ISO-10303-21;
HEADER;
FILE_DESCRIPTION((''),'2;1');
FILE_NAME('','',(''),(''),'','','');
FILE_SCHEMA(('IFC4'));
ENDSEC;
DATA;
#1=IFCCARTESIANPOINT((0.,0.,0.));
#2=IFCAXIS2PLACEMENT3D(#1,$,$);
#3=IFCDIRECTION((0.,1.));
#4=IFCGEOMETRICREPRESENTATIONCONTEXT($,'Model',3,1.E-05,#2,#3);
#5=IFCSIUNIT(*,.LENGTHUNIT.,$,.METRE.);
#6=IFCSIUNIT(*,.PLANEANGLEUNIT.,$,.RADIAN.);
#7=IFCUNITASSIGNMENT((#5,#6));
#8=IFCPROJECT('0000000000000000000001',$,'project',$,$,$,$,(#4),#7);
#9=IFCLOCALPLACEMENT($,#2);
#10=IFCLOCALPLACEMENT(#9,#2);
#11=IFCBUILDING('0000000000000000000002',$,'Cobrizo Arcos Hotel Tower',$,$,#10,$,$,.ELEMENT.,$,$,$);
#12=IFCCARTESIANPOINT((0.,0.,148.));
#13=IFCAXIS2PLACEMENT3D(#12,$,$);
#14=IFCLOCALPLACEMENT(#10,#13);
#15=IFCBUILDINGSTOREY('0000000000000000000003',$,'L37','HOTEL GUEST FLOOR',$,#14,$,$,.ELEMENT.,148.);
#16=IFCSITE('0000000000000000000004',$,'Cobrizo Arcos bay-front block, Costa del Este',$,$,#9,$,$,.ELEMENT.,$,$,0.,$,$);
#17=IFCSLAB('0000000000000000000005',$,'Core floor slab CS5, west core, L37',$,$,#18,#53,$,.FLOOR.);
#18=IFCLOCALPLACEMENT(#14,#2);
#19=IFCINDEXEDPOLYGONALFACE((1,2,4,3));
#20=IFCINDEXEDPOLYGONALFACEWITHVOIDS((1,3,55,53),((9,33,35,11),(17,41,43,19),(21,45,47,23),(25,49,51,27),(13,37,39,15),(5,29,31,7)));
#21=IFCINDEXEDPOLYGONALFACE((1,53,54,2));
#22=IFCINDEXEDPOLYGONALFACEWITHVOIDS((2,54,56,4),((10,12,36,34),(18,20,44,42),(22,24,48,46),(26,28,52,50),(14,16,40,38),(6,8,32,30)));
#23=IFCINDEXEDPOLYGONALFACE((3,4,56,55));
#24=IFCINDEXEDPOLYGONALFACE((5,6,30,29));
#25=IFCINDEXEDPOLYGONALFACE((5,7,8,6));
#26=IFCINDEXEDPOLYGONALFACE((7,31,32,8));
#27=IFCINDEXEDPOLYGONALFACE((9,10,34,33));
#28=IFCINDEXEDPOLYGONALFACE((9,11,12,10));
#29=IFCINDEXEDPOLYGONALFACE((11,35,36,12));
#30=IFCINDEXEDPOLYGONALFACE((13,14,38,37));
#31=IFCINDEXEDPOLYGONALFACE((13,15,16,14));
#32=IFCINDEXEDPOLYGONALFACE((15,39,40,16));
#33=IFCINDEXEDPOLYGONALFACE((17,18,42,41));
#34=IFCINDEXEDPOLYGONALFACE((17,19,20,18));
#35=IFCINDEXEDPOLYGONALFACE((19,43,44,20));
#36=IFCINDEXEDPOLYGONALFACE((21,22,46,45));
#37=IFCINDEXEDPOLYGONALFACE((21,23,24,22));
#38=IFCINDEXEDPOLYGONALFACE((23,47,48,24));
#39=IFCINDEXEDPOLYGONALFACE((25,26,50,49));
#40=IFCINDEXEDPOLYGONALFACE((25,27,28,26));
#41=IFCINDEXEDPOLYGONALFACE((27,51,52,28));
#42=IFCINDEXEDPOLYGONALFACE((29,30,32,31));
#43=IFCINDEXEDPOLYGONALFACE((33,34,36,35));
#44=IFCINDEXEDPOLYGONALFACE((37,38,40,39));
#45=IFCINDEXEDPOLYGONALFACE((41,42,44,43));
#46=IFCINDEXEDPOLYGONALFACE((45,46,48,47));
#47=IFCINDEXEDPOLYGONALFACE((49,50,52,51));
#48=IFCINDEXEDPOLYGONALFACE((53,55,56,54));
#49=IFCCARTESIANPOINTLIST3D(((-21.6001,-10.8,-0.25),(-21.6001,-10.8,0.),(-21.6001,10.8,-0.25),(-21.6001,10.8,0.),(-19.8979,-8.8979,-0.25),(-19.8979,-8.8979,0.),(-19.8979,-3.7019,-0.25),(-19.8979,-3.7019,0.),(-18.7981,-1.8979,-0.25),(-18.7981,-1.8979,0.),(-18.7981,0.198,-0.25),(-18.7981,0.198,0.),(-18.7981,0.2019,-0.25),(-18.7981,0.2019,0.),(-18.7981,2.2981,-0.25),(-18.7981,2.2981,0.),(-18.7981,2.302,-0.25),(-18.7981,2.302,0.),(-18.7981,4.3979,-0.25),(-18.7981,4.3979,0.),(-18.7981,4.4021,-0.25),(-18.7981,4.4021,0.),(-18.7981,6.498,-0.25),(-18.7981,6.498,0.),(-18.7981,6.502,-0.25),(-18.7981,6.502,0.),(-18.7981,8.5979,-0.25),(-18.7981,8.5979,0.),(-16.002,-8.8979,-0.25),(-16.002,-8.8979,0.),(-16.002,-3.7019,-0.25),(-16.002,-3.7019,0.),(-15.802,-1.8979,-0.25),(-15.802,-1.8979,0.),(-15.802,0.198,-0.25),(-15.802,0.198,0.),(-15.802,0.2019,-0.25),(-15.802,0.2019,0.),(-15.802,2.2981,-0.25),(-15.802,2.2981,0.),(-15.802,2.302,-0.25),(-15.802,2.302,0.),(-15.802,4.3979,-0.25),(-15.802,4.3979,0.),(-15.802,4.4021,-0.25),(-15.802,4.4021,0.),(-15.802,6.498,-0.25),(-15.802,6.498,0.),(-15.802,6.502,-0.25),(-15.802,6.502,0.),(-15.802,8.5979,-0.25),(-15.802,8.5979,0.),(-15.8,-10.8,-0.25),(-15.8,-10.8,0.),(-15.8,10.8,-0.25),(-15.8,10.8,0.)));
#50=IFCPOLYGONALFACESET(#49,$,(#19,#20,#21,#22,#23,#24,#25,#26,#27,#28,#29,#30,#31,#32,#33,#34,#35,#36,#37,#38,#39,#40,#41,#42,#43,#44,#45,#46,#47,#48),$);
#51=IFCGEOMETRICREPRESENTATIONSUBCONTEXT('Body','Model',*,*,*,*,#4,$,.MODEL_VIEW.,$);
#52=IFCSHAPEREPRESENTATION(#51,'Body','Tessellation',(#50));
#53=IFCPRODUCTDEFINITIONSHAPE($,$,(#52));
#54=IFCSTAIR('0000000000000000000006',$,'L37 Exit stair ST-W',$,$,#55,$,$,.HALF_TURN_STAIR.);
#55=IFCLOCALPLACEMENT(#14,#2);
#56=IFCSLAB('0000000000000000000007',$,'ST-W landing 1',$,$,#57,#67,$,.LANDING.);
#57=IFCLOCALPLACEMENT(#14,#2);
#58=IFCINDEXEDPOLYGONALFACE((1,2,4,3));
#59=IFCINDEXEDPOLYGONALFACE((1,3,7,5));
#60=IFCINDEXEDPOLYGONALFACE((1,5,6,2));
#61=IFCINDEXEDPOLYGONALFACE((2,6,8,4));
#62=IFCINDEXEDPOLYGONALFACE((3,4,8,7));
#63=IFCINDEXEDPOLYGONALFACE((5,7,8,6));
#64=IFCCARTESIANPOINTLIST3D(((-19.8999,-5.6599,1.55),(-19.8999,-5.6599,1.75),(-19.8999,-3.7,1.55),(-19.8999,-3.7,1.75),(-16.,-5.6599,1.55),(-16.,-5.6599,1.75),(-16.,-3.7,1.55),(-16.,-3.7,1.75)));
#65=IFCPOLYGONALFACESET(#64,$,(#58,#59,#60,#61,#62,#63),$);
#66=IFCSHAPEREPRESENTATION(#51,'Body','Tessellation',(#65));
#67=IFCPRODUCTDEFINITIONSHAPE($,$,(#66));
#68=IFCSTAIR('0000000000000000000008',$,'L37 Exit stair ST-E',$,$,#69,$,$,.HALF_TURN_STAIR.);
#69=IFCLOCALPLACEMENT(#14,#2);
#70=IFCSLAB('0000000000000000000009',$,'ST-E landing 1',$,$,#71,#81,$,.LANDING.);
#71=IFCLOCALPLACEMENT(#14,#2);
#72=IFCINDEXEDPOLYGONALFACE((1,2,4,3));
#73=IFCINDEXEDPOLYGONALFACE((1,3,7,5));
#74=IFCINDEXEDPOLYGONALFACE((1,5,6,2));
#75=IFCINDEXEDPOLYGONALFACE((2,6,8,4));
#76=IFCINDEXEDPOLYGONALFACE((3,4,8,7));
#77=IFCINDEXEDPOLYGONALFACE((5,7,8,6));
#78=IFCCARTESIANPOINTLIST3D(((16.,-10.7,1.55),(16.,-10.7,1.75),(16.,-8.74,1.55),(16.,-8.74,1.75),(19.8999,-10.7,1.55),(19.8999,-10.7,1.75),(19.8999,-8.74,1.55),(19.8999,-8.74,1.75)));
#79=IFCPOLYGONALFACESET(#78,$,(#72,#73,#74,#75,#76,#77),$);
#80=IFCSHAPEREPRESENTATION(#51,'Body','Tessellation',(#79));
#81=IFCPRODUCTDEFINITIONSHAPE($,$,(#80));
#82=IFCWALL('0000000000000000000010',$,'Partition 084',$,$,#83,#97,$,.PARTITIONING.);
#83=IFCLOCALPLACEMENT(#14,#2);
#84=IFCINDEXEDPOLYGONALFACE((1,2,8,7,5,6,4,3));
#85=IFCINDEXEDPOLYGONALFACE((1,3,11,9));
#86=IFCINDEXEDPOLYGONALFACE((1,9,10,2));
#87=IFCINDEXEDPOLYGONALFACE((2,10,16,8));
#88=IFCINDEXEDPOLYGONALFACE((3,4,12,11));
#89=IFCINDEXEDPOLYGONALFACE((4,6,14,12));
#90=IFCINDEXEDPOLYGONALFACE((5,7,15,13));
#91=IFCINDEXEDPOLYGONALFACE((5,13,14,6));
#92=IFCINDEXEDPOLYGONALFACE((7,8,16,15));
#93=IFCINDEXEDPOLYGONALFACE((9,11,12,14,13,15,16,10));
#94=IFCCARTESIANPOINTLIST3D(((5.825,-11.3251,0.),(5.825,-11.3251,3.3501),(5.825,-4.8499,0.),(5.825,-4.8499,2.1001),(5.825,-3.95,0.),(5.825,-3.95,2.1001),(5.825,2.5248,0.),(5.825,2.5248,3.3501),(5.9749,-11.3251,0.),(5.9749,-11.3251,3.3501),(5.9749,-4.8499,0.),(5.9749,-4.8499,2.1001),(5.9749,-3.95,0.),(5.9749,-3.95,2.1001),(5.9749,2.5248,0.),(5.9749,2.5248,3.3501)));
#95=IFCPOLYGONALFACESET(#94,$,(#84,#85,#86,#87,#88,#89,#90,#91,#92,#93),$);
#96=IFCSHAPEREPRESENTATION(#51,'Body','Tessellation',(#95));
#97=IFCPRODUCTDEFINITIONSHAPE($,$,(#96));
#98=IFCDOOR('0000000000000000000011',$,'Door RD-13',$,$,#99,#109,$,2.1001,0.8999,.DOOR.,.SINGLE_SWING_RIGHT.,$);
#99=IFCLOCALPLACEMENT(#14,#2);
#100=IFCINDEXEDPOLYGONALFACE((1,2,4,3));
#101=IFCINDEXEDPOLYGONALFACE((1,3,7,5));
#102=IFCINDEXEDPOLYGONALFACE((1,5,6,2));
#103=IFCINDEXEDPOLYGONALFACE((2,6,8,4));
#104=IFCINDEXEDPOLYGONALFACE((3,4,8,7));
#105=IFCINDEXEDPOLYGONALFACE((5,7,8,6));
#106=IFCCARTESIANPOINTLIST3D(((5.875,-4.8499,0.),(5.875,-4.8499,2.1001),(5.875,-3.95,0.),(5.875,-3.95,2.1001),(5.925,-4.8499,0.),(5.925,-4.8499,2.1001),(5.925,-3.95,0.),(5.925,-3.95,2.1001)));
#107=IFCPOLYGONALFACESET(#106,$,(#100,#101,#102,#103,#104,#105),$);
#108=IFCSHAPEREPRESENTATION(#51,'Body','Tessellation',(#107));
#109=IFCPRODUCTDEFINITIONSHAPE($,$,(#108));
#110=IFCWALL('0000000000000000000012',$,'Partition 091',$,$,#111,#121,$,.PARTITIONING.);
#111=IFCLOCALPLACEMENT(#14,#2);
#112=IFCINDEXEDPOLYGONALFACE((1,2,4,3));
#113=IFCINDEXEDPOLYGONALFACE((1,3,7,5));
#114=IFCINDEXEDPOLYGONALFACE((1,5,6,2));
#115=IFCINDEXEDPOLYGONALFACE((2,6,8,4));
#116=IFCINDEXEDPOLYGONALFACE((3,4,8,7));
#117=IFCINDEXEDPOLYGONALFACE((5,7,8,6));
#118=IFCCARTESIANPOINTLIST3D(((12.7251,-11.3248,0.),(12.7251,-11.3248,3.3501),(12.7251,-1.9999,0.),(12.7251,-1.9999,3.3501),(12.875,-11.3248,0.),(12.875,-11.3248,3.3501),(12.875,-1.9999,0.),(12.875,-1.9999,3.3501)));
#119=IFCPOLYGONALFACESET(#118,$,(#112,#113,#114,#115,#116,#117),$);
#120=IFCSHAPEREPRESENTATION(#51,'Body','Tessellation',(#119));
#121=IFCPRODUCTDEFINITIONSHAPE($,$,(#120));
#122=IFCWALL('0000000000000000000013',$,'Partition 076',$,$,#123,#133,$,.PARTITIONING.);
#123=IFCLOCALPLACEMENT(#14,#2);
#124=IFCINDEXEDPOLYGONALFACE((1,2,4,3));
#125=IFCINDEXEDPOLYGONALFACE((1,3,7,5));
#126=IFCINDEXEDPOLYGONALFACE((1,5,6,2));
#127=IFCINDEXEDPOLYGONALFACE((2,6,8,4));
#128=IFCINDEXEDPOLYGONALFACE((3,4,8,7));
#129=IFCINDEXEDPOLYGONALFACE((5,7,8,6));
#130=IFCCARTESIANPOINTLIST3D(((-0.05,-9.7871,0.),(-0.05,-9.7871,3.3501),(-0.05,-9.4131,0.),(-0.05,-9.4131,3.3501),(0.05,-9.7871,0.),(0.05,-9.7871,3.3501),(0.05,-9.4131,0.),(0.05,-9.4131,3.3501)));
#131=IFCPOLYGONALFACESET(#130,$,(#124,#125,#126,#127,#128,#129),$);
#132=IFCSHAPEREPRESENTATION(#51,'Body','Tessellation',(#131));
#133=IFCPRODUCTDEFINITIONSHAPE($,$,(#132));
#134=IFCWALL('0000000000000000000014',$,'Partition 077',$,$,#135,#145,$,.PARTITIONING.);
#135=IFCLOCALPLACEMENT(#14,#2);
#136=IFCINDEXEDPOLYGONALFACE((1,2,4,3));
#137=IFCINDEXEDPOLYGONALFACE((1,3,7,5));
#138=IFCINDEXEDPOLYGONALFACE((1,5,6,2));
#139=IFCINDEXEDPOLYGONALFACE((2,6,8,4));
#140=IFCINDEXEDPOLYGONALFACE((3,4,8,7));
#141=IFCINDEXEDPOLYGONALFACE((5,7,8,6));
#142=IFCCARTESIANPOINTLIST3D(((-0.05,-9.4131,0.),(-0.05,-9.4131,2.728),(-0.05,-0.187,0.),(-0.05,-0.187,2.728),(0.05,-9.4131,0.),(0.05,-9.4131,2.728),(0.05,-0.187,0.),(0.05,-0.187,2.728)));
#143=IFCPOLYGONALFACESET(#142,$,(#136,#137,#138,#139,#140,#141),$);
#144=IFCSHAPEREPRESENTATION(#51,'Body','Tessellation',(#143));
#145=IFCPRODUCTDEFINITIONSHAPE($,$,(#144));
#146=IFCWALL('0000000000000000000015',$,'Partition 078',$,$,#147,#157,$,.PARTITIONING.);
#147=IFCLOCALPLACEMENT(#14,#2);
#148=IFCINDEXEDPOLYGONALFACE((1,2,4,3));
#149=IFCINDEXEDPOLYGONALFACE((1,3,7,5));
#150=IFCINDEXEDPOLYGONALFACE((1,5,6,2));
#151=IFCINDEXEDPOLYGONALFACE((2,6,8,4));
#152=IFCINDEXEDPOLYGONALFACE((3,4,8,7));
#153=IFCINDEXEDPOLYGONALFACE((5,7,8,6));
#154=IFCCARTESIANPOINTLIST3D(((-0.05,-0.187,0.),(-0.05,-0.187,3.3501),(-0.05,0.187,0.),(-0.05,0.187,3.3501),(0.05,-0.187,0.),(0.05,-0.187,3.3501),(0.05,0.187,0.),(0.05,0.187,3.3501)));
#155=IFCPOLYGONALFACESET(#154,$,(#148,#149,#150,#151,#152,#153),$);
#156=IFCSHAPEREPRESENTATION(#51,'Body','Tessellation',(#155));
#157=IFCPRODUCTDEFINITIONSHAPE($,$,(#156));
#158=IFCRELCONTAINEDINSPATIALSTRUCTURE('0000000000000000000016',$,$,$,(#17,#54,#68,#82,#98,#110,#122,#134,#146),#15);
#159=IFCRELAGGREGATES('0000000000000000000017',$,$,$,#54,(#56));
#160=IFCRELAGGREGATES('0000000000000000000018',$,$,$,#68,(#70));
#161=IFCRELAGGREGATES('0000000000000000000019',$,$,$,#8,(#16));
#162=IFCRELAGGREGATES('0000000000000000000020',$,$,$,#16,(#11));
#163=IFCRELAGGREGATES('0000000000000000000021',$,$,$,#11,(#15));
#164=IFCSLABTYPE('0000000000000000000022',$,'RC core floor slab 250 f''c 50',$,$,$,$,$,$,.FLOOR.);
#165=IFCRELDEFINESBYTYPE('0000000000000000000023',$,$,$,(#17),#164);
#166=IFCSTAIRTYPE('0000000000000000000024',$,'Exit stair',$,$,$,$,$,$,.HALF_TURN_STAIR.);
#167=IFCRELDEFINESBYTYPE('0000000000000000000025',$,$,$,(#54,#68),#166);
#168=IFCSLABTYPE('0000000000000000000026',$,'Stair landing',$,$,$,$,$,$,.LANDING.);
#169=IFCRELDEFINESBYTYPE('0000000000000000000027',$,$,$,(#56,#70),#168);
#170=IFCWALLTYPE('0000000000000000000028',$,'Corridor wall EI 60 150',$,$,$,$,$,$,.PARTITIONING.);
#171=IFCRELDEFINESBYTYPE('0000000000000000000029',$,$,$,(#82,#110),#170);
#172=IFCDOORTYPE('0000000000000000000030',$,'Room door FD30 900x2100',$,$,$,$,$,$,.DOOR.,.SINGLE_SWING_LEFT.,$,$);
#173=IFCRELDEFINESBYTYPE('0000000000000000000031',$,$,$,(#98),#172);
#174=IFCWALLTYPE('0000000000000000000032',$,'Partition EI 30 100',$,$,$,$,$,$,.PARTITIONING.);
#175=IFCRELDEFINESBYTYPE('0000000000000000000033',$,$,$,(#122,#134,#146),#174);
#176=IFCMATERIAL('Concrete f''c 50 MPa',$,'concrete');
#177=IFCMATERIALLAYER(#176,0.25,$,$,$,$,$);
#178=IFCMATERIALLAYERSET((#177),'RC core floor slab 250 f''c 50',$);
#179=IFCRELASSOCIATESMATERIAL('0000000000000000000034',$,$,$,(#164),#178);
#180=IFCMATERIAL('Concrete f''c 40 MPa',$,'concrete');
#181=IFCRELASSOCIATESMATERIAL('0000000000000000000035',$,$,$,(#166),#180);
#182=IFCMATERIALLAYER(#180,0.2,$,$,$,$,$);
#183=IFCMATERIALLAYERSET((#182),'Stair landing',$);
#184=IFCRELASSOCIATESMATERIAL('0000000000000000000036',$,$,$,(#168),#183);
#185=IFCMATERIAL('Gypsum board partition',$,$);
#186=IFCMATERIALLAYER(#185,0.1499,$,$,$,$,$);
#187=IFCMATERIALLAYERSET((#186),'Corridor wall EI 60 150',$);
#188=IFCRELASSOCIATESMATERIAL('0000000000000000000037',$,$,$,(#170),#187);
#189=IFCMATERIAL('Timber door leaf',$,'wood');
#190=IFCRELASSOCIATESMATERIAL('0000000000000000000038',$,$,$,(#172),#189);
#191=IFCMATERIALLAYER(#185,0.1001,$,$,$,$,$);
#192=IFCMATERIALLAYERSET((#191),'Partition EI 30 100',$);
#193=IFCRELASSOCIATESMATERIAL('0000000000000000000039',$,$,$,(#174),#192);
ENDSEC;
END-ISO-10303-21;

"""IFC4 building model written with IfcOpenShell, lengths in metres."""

from ifc_helpers import new_model, si_unit, direction, frame, frame_2d, origin, place, context, subcontext, project, spatial, polyline, rectangle, outline, extrude, material, layer, layer_set, type_object, element, fill, aggregate, save


model = new_model("IFC4")

# Units and contexts
model_context = context("Model", 3, precision=1e-05, world=origin(), true_north=direction((0.0, 1.0)))
body_context = subcontext(model_context, "Body", "Model", "MODEL_VIEW")
ifc_project = project(units=[si_unit("LENGTHUNIT", "METRE"), si_unit("PLANEANGLEUNIT", "RADIAN")], contexts=[model_context])

# Site, building, storey
site_placement = place(None, origin())
site = spatial("IfcSite", under=ifc_project, at=site_placement, Name="Cobrizo Arcos bay-front block, Costa del Este", CompositionType="ELEMENT", RefElevation=0.0)
building_placement = place(site_placement, origin())
building = spatial("IfcBuilding", under=site, at=building_placement, Name="Cobrizo Arcos Hotel Tower", CompositionType="ELEMENT")
storey_placement = place(building_placement, frame((0.0, 0.0, 148.0)))
storey = spatial("IfcBuildingStorey", under=building, at=storey_placement, Name="L37", Description="HOTEL GUEST FLOOR", CompositionType="ELEMENT", Elevation=148.0)

# Slab
ifc_material_1 = material(Name="Concrete f'c 50 MPa", Category="concrete")
ifc_layer_1 = layer(ifc_material_1, 0.25)
ifc_layer_set_1 = layer_set([ifc_layer_1], Name="RC core floor slab 250 f'c 50")
slab_type_1 = type_object("IfcSlabType", Name="RC core floor slab 250 f'c 50", PredefinedType="FLOOR", material=ifc_layer_set_1)
slab_1_placement = place(storey_placement, frame((0.0, 0.0, -0.25)))
element("IfcSlab", 1, at=slab_1_placement, inside=storey, type_object=slab_type_1, Name="Core floor slab CS5, west core, L37", PredefinedType="FLOOR", context=body_context, shape_type="SweptSolid", body=[
    extrude(outline(polyline([(-21.6001, 10.8), (-15.8, 10.8), (-15.8, -10.8), (-21.6001, -10.8), (-21.6001, 10.8)]), holes=[polyline([(-19.8979, -3.7019), (-19.8979, -8.8979), (-16.002, -8.8979), (-16.002, -3.7019), (-19.8979, -3.7019)]), polyline([(-18.7981, 0.198), (-18.7981, -1.8979), (-15.802, -1.8979), (-15.802, 0.198), (-18.7981, 0.198)]), polyline([(-18.7981, 2.2981), (-18.7981, 0.2019), (-15.802, 0.2019), (-15.802, 2.2981), (-18.7981, 2.2981)]), polyline([(-18.7981, 4.3979), (-18.7981, 2.302), (-15.802, 2.302), (-15.802, 4.3979), (-18.7981, 4.3979)]), polyline([(-15.802, 6.498), (-18.7981, 6.498), (-18.7981, 4.4021), (-15.802, 4.4021), (-15.802, 6.498)]), polyline([(-15.802, 8.5979), (-18.7981, 8.5979), (-18.7981, 6.502), (-15.802, 6.502), (-15.802, 8.5979)])]), origin(), (0.0, 0.0, 1.0), 0.25),
])

# Stairs, slabs
ifc_material_2 = material(Name="Concrete f'c 40 MPa", Category="concrete")
stair_type = type_object("IfcStairType", Name="Exit stair", PredefinedType="HALF_TURN_STAIR", material=ifc_material_2)
stair_1_placement = place(storey_placement, origin())
stair_1 = element("IfcStair", 2, at=stair_1_placement, inside=storey, type_object=stair_type, Name="L37 Exit stair ST-W", PredefinedType="HALF_TURN_STAIR")
ifc_layer_2 = layer(ifc_material_2, 0.2)
ifc_layer_set_2 = layer_set([ifc_layer_2], Name="Stair landing")
slab_type_2 = type_object("IfcSlabType", Name="Stair landing", PredefinedType="LANDING", material=ifc_layer_set_2)
slab_2_placement = place(storey_placement, frame((0.0, 0.0, 1.55)))
slab_2 = element("IfcSlab", 3, at=slab_2_placement, type_object=slab_type_2, Name="ST-W landing 1", PredefinedType="LANDING", context=body_context, shape_type="SweptSolid", body=[
    extrude(outline(polyline([(-16.0, -5.6599), (-16.0, -3.7), (-19.8999, -3.7), (-19.8999, -5.6599), (-16.0, -5.6599)])), origin(), (0.0, 0.0, 1.0), 0.2),
])
aggregate(stair_1, [slab_2])
stair_2_placement = place(storey_placement, origin())
stair_2 = element("IfcStair", 4, at=stair_2_placement, inside=storey, type_object=stair_type, Name="L37 Exit stair ST-E", PredefinedType="HALF_TURN_STAIR")
slab_3_placement = place(storey_placement, frame((0.0, 0.0, 1.55)))
slab_3 = element("IfcSlab", 5, at=slab_3_placement, type_object=slab_type_2, Name="ST-E landing 1", PredefinedType="LANDING", context=body_context, shape_type="SweptSolid", body=[
    extrude(outline(polyline([(16.0, -8.74), (16.0, -10.7), (19.8999, -10.7), (19.8999, -8.74), (16.0, -8.74)])), origin(), (0.0, 0.0, 1.0), 0.2),
])
aggregate(stair_2, [slab_3])

# Wall, opening, door
ifc_material_3 = material(Name="Gypsum board partition")
ifc_layer_3 = layer(ifc_material_3, 0.1499)
ifc_layer_set_3 = layer_set([ifc_layer_3], Name="Corridor wall EI 60 150")
wall_type_1 = type_object("IfcWallType", Name="Corridor wall EI 60 150", PredefinedType="PARTITIONING", material=ifc_layer_set_3)
wall_1_placement = place(storey_placement, frame((5.8999, -11.325, 0.0), z_axis=(0.0, 0.0, 1.0), x_axis=(0.0, 1.0, 0.0)))
wall_1 = element("IfcWall", 6, at=wall_1_placement, inside=storey, type_object=wall_type_1, Name="Partition 084", PredefinedType="PARTITIONING", context=body_context, shape_type="SweptSolid", body=[
    extrude(rectangle(XDim=13.8499, YDim=0.1499, at=frame_2d((6.9248, 0.0))), origin(), (0.0, 0.0, 1.0), 3.3501),
])
opening_1_placement = place(wall_1_placement, frame((6.4751, 0.0, 0.0)))
opening_1 = element("IfcOpeningElement", 7, at=opening_1_placement, cuts=wall_1, PredefinedType="OPENING", context=body_context, shape_type="SweptSolid", body=[
    extrude(rectangle(XDim=0.8999, YDim=2.1001, at=frame_2d((0.45, 1.05))), frame((0.0, 0.0869, 0.0), z_axis=(0.0, -1.0, 0.0), x_axis=(1.0, 0.0, 0.0)), (0.0, 0.0, 1.0), 0.1738),
])
ifc_material_4 = material(Name="Timber door leaf", Category="wood")
door_type_1 = type_object("IfcDoorType", Name="Room door FD30 900x2100", OperationType="SINGLE_SWING_LEFT", PredefinedType="DOOR", material=ifc_material_4)
door_1_placement = place(opening_1_placement, origin())
door_1 = element("IfcDoor", 8, at=door_1_placement, inside=storey, type_object=door_type_1, Name="Door RD-13", OperationType="SINGLE_SWING_RIGHT", OverallHeight=2.1001, OverallWidth=0.8999, PredefinedType="DOOR", context=body_context, shape_type="SweptSolid", body=[
    extrude(rectangle(XDim=0.8999, YDim=2.1001, at=frame_2d((0.45, 1.05))), frame((0.0, 0.0249, 0.0), z_axis=(0.0, -1.0, 0.0), x_axis=(1.0, 0.0, 0.0)), (0.0, 0.0, 1.0), 0.05),
])
fill(opening_1, door_1)

# Walls
wall_2_placement = place(storey_placement, frame((12.8, -11.325, 0.0), z_axis=(0.0, 0.0, 1.0), x_axis=(0.0, 1.0, 0.0)))
element("IfcWall", 9, at=wall_2_placement, inside=storey, type_object=wall_type_1, Name="Partition 091", PredefinedType="PARTITIONING", context=body_context, shape_type="SweptSolid", body=[
    extrude(rectangle(XDim=9.325, YDim=0.1499, at=frame_2d((4.6626, 0.0))), origin(), (0.0, 0.0, 1.0), 3.3501),
])
ifc_layer_4 = layer(ifc_material_3, 0.1001)
ifc_layer_set_4 = layer_set([ifc_layer_4], Name="Partition EI 30 100")
wall_type_2 = type_object("IfcWallType", Name="Partition EI 30 100", PredefinedType="PARTITIONING", material=ifc_layer_set_4)
wall_3_placement = place(storey_placement, frame((0.0, -9.7871, 0.0), z_axis=(0.0, 0.0, 1.0), x_axis=(0.0, 1.0, 0.0)))
element("IfcWall", 10, at=wall_3_placement, inside=storey, type_object=wall_type_2, Name="Partition 076", PredefinedType="PARTITIONING", context=body_context, shape_type="SweptSolid", body=[
    extrude(rectangle(XDim=0.374, YDim=0.1001, at=frame_2d((0.187, 0.0))), origin(), (0.0, 0.0, 1.0), 3.3501),
])
wall_4_placement = place(storey_placement, frame((0.0, -9.4131, 0.0), z_axis=(0.0, 0.0, 1.0), x_axis=(0.0, 1.0, 0.0)))
element("IfcWall", 11, at=wall_4_placement, inside=storey, type_object=wall_type_2, Name="Partition 077", PredefinedType="PARTITIONING", context=body_context, shape_type="SweptSolid", body=[
    extrude(rectangle(XDim=9.2261, YDim=0.1001, at=frame_2d((4.613, 0.0))), origin(), (0.0, 0.0, 1.0), 2.728),
])
wall_5_placement = place(storey_placement, frame((0.0, -0.187, 0.0), z_axis=(0.0, 0.0, 1.0), x_axis=(0.0, 1.0, 0.0)))
element("IfcWall", 12, at=wall_5_placement, inside=storey, type_object=wall_type_2, Name="Partition 078", PredefinedType="PARTITIONING", context=body_context, shape_type="SweptSolid", body=[
    extrude(rectangle(XDim=0.374, YDim=0.1001, at=frame_2d((0.187, 0.0))), origin(), (0.0, 0.0, 1.0), 3.3501),
])

save(model, "model.ifc")
